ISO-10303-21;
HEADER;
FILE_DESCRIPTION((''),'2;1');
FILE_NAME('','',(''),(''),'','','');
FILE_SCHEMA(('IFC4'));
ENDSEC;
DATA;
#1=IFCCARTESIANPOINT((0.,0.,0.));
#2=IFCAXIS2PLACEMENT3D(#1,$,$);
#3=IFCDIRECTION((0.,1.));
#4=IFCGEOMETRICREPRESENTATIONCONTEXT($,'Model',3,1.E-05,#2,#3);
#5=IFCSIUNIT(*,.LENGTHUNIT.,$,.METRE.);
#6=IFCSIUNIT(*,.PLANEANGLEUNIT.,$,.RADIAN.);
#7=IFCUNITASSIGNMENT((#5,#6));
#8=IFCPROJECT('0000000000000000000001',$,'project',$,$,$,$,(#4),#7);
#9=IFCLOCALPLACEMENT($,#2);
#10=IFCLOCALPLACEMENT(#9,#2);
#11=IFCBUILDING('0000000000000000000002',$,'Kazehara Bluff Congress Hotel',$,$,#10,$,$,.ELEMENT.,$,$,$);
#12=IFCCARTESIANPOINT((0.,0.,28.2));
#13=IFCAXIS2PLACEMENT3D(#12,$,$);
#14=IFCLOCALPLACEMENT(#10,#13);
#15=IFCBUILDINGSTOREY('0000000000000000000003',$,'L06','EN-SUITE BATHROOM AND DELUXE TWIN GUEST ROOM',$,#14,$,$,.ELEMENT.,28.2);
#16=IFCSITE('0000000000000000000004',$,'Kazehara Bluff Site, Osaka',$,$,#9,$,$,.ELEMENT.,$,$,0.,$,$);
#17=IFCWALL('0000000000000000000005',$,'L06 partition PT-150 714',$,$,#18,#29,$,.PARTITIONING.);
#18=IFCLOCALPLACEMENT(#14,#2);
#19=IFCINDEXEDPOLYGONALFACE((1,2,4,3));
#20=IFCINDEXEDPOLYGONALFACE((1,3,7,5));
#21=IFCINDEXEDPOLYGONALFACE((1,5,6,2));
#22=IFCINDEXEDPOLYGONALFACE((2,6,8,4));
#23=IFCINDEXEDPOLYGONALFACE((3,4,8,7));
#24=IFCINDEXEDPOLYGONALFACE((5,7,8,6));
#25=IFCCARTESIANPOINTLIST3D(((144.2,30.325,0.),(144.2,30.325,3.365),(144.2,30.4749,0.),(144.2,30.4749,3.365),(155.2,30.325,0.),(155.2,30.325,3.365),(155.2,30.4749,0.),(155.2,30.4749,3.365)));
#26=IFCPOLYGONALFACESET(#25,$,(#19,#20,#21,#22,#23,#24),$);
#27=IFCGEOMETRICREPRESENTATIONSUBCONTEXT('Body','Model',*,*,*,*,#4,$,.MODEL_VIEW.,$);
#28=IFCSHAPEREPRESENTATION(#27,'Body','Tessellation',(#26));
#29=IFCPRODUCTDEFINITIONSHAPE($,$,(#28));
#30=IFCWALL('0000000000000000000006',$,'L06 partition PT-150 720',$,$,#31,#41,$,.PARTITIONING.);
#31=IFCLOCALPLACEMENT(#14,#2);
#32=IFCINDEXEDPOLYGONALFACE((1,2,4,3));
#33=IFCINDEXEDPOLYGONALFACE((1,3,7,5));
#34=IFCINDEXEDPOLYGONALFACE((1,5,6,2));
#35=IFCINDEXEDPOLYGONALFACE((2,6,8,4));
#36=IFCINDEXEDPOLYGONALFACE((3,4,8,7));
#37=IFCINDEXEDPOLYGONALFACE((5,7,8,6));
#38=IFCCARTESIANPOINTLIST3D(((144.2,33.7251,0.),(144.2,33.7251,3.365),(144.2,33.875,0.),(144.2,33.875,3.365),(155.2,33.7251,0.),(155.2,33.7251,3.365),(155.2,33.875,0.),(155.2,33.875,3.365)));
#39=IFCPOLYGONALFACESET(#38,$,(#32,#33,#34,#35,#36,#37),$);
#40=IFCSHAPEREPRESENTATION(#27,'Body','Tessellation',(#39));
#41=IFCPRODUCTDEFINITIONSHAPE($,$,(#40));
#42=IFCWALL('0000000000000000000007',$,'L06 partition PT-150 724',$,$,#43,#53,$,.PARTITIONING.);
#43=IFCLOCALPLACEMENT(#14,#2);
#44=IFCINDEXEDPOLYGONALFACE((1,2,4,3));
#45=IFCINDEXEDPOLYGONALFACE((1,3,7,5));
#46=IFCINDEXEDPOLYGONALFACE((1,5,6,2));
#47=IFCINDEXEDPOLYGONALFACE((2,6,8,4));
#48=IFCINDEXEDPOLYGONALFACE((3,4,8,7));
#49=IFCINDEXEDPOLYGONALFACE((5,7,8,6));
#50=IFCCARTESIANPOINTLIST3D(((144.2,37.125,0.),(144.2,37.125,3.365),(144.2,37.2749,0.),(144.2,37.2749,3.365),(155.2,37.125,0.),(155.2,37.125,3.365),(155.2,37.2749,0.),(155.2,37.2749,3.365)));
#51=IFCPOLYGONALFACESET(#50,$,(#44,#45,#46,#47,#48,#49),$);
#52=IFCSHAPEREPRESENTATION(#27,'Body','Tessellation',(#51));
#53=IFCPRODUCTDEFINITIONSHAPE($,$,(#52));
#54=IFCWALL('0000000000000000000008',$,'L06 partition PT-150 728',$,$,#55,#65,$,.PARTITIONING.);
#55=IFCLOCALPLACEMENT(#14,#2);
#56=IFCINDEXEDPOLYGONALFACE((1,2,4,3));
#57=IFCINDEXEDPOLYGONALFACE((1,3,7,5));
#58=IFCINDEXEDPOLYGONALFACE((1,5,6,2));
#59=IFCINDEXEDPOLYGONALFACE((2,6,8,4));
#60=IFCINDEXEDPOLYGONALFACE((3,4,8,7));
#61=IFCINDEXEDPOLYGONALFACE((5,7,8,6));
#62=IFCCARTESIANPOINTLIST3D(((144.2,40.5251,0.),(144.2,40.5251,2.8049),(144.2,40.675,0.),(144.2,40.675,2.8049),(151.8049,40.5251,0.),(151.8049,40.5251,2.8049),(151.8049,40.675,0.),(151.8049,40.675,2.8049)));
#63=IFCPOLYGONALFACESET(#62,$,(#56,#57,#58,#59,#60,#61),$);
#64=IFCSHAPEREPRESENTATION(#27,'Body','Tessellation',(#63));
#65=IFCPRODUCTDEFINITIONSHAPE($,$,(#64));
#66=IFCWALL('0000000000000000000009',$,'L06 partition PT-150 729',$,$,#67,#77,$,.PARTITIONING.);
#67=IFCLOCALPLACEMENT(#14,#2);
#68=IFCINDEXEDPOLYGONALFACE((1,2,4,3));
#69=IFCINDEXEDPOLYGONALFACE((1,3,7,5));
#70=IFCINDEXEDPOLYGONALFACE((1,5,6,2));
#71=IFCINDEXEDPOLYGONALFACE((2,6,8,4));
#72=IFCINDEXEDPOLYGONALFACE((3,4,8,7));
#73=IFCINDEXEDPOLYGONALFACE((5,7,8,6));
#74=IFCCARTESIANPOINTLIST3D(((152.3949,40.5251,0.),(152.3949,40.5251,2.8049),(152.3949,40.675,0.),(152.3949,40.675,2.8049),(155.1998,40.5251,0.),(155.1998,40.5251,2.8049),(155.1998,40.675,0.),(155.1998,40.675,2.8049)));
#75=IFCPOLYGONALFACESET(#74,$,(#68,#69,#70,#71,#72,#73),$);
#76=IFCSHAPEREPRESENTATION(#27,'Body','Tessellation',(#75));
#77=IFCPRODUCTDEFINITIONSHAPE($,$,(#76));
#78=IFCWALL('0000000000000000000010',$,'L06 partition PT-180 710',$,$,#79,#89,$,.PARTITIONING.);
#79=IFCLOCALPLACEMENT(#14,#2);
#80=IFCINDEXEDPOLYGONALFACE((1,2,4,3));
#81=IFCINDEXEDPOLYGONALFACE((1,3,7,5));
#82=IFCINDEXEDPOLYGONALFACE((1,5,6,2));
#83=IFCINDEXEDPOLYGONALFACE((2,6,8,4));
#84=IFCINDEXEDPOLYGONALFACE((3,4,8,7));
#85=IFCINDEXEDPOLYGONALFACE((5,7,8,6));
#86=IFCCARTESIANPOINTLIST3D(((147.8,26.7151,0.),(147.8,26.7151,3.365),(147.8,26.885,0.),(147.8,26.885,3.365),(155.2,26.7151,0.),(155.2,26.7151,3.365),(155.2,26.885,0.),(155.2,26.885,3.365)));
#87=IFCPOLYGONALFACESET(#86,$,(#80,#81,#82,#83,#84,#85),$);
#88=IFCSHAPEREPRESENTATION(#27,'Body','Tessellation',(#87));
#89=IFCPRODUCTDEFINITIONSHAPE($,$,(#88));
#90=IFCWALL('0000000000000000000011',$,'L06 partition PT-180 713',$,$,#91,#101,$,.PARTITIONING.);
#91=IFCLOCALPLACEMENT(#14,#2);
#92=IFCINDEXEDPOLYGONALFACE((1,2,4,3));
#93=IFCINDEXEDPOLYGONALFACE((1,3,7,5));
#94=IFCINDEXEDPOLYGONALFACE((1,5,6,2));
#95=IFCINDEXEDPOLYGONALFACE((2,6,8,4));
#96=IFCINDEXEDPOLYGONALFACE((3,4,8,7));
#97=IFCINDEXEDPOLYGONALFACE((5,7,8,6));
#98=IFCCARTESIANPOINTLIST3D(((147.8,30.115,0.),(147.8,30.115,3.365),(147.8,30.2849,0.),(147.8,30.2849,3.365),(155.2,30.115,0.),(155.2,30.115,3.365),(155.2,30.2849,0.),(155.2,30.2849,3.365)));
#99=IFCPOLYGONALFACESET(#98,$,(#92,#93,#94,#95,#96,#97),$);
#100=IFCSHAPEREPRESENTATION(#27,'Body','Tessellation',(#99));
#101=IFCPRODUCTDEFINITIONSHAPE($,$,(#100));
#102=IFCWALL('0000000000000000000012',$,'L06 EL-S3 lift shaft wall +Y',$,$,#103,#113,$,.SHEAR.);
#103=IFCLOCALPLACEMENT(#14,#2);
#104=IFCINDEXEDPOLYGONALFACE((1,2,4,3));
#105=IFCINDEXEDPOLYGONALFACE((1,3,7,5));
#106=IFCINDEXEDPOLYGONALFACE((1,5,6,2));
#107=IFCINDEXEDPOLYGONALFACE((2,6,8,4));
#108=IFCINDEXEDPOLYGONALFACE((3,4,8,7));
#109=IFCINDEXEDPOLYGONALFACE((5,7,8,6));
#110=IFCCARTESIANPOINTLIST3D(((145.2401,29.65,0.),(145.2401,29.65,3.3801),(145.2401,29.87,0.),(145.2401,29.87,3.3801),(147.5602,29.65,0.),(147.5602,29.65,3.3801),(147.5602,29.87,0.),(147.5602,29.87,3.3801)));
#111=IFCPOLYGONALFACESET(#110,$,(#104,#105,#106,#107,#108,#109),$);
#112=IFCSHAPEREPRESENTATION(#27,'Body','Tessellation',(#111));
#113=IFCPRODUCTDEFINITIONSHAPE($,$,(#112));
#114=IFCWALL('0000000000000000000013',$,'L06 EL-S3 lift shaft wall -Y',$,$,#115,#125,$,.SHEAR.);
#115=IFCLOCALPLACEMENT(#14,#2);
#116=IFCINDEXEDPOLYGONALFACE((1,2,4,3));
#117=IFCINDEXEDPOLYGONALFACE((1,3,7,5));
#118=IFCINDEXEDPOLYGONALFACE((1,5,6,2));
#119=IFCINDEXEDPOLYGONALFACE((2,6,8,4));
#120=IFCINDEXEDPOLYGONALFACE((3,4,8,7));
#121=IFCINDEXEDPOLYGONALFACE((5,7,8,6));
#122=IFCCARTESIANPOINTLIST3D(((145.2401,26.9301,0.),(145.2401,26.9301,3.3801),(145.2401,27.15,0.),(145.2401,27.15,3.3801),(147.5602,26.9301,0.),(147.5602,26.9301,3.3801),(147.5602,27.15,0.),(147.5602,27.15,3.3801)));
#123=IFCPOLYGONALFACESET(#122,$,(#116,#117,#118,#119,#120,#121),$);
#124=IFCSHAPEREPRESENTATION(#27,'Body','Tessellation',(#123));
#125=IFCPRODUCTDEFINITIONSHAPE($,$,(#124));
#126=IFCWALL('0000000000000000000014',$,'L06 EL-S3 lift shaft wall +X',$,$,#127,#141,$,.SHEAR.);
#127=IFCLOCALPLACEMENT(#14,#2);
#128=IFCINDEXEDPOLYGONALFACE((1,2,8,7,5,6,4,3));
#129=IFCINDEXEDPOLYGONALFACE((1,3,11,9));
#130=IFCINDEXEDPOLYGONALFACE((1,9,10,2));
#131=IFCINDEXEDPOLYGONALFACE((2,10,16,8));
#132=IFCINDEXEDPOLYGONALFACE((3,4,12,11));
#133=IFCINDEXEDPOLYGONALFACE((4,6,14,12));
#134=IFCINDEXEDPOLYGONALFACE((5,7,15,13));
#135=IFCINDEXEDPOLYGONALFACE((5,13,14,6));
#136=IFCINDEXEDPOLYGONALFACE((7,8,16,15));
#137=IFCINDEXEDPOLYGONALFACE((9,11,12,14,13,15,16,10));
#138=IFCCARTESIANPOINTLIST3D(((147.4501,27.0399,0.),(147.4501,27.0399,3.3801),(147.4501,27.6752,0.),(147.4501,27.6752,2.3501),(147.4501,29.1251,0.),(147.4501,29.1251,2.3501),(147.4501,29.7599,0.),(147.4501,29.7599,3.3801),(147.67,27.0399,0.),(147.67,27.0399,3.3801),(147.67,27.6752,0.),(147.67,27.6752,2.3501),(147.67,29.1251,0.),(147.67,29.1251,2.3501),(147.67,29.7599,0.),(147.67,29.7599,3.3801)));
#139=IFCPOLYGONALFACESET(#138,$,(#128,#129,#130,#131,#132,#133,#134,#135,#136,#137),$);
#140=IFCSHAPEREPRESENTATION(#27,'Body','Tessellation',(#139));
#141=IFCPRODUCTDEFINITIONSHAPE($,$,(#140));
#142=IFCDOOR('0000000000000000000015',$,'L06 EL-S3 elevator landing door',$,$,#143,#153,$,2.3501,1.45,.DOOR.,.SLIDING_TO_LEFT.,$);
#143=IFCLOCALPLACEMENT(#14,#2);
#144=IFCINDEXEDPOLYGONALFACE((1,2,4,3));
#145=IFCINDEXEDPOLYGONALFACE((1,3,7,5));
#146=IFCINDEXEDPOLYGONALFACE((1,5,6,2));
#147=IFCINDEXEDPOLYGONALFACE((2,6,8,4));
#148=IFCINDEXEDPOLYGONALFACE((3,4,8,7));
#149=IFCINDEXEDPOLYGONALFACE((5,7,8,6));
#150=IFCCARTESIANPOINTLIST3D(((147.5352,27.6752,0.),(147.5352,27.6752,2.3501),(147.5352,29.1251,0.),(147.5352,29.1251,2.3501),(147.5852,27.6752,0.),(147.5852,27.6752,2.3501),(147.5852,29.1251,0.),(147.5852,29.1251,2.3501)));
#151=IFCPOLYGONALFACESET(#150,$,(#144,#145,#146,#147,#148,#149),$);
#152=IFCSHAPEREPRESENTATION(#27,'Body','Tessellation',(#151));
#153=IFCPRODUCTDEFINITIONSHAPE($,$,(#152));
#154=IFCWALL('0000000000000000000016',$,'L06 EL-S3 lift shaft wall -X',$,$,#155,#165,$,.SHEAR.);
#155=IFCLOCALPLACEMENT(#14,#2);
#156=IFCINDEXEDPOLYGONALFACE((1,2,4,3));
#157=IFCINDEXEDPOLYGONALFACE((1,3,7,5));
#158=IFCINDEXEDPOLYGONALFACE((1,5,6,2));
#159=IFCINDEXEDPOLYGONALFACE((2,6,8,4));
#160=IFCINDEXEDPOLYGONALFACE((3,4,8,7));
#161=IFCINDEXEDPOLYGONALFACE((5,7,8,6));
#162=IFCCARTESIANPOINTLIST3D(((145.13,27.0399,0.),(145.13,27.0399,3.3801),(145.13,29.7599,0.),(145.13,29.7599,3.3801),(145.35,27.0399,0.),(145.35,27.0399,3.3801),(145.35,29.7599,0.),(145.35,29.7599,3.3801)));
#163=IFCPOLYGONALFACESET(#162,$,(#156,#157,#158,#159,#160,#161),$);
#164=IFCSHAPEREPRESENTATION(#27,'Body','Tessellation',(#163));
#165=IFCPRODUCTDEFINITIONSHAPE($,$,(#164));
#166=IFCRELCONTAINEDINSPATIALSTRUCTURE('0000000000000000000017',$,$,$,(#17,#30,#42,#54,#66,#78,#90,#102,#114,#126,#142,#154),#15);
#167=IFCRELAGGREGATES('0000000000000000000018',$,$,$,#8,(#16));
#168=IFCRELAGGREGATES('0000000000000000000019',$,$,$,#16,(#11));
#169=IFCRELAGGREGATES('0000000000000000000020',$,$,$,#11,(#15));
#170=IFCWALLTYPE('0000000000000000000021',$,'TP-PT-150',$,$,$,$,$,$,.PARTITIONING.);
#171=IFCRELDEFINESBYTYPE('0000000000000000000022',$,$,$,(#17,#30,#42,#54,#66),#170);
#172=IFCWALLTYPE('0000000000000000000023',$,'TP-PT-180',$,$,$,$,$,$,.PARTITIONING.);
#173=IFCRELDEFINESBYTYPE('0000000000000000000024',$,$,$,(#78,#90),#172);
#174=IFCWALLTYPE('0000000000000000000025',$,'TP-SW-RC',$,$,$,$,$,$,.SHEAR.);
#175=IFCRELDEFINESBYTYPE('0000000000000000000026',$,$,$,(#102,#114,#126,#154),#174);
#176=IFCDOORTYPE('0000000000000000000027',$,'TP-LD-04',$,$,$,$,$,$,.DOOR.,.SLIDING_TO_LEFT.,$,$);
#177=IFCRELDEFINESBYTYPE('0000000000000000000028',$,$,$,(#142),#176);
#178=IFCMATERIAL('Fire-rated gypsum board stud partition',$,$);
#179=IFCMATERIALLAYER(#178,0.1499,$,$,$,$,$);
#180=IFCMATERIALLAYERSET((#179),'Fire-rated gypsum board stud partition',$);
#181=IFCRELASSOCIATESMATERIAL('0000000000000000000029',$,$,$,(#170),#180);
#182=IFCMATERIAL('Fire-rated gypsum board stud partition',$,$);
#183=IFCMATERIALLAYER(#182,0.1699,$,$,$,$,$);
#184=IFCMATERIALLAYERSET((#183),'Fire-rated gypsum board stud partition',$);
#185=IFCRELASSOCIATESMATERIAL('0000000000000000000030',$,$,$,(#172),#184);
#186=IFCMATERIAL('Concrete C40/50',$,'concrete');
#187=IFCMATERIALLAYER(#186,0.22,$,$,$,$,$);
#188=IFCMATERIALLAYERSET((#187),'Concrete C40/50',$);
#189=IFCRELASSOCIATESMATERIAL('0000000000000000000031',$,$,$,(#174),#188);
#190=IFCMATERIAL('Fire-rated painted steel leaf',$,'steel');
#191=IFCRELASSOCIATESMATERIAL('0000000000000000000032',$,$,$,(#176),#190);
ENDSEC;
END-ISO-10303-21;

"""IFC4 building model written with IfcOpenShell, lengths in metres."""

from ifc_helpers import new_model, si_unit, direction, frame, frame_2d, origin, place, context, subcontext, project, spatial, rectangle, extrude, material, layer, layer_set, type_object, element, fill, save


model = new_model("IFC4")

# Units and contexts
model_context = context("Model", 3, precision=1e-05, world=origin(), true_north=direction((0.0, 1.0)))
body_context = subcontext(model_context, "Body", "Model", "MODEL_VIEW")
ifc_project = project(units=[si_unit("LENGTHUNIT", "METRE"), si_unit("PLANEANGLEUNIT", "RADIAN")], contexts=[model_context])

# Site, building, storey
site_placement = place(None, origin())
site = spatial("IfcSite", under=ifc_project, at=site_placement, Name="Kazehara Bluff Site, Osaka", CompositionType="ELEMENT", RefElevation=0.0)
building_placement = place(site_placement, origin())
building = spatial("IfcBuilding", under=site, at=building_placement, Name="Kazehara Bluff Congress Hotel", CompositionType="ELEMENT")
storey_placement = place(building_placement, frame((0.0, 0.0, 28.2)))
storey = spatial("IfcBuildingStorey", under=building, at=storey_placement, Name="L06", Description="EN-SUITE BATHROOM AND DELUXE TWIN GUEST ROOM", CompositionType="ELEMENT", Elevation=28.2)

# Walls
ifc_material_1 = material(Name="Fire-rated gypsum board stud partition")
ifc_layer_1 = layer(ifc_material_1, 0.1499)
ifc_layer_set_1 = layer_set([ifc_layer_1], Name="Fire-rated gypsum board stud partition")
wall_type_1 = type_object("IfcWallType", Name="TP-PT-150", PredefinedType="PARTITIONING", material=ifc_layer_set_1)
for number, where, z_axis, x_axis, name in (
    (1, (144.2, 30.3999, 0.0), (0.0, 0.0, 1.0), (1.0, 0.0, 0.0), "L06 partition PT-150 714"),
    (2, (144.2, 33.8, 0.0), (0.0, 0.0, 1.0), (1.0, 0.0, 0.0), "L06 partition PT-150 720"),
    (3, (144.2, 37.2, 0.0), (0.0, 0.0, 1.0), (1.0, 0.0, 0.0), "L06 partition PT-150 724"),
):
    element("IfcWall", number, at=place(storey_placement, frame(where, z_axis=z_axis, x_axis=x_axis)), inside=storey, type_object=wall_type_1, Name=name, PredefinedType="PARTITIONING", context=body_context, shape_type="SweptSolid", body=[
        extrude(rectangle(XDim=11.0, YDim=0.1499, at=frame_2d((5.5, 0.0))), origin(), (0.0, 0.0, 1.0), 3.365),
    ])
wall_1_placement = place(storey_placement, frame((144.2, 40.6001, 0.0), z_axis=(0.0, 0.0, 1.0), x_axis=(1.0, 0.0, 0.0)))
element("IfcWall", 4, at=wall_1_placement, inside=storey, type_object=wall_type_1, Name="L06 partition PT-150 728", PredefinedType="PARTITIONING", context=body_context, shape_type="SweptSolid", body=[
    extrude(rectangle(XDim=7.605, YDim=0.1499, at=frame_2d((3.8025, 0.0))), origin(), (0.0, 0.0, 1.0), 2.8049),
])
wall_2_placement = place(storey_placement, frame((152.395, 40.6001, 0.0), z_axis=(0.0, 0.0, 1.0), x_axis=(1.0, 0.0, 0.0)))
element("IfcWall", 5, at=wall_2_placement, inside=storey, type_object=wall_type_1, Name="L06 partition PT-150 729", PredefinedType="PARTITIONING", context=body_context, shape_type="SweptSolid", body=[
    extrude(rectangle(XDim=2.8049, YDim=0.1499, at=frame_2d((1.4023, 0.0))), origin(), (0.0, 0.0, 1.0), 2.8049),
])
ifc_material_2 = material(Name="Fire-rated gypsum board stud partition")
ifc_layer_2 = layer(ifc_material_2, 0.1699)
ifc_layer_set_2 = layer_set([ifc_layer_2], Name="Fire-rated gypsum board stud partition")
wall_type_2 = type_object("IfcWallType", Name="TP-PT-180", PredefinedType="PARTITIONING", material=ifc_layer_set_2)
for number, where, z_axis, x_axis, name in (
    (6, (147.8, 26.8, 0.0), (0.0, 0.0, 1.0), (1.0, 0.0, 0.0), "L06 partition PT-180 710"),
    (7, (147.8, 30.2, 0.0), (0.0, 0.0, 1.0), (1.0, 0.0, 0.0), "L06 partition PT-180 713"),
):
    element("IfcWall", number, at=place(storey_placement, frame(where, z_axis=z_axis, x_axis=x_axis)), inside=storey, type_object=wall_type_2, Name=name, PredefinedType="PARTITIONING", context=body_context, shape_type="SweptSolid", body=[
        extrude(rectangle(XDim=7.3999, YDim=0.1699, at=frame_2d((3.7, 0.0))), origin(), (0.0, 0.0, 1.0), 3.365),
    ])
ifc_material_3 = material(Name="Concrete C40/50", Category="concrete")
ifc_layer_3 = layer(ifc_material_3, 0.22)
ifc_layer_set_3 = layer_set([ifc_layer_3], Name="Concrete C40/50")
wall_type_3 = type_object("IfcWallType", Name="TP-SW-RC", PredefinedType="SHEAR", material=ifc_layer_set_3)
for number, where, z_axis, x_axis, name in (
    (8, (145.24, 29.76, 0.0), (0.0, 0.0, 1.0), (1.0, 0.0, 0.0), "L06 EL-S3 lift shaft wall +Y"),
    (9, (145.24, 27.04, 0.0), (0.0, 0.0, 1.0), (1.0, 0.0, 0.0), "L06 EL-S3 lift shaft wall -Y"),
):
    element("IfcWall", number, at=place(storey_placement, frame(where, z_axis=z_axis, x_axis=x_axis)), inside=storey, type_object=wall_type_3, Name=name, PredefinedType="SHEAR", context=body_context, shape_type="SweptSolid", body=[
        extrude(rectangle(XDim=2.3201, YDim=0.22, at=frame_2d((1.1602, 0.0))), origin(), (0.0, 0.0, 1.0), 3.3801),
    ])

# Wall, opening, door
wall_3_placement = place(storey_placement, frame((147.5601, 27.04, 0.0), z_axis=(0.0, 0.0, 1.0), x_axis=(0.0, 1.0, 0.0)))
wall_3 = element("IfcWall", 10, at=wall_3_placement, inside=storey, type_object=wall_type_3, Name="L06 EL-S3 lift shaft wall +X", PredefinedType="SHEAR", context=body_context, shape_type="SweptSolid", body=[
    extrude(rectangle(XDim=2.72, YDim=0.22, at=frame_2d((1.3599, 0.0))), origin(), (0.0, 0.0, 1.0), 3.3801),
])
opening_placement = place(wall_3_placement, frame((0.635, 0.0, 0.0)))
opening = element("IfcOpeningElement", 11, at=opening_placement, cuts=wall_3, PredefinedType="OPENING", context=body_context, shape_type="SweptSolid", body=[
    extrude(rectangle(XDim=1.45, YDim=2.3501, at=frame_2d((0.7251, 1.175))), frame((0.0, 0.1199, 0.0), z_axis=(0.0, -1.0, 0.0), x_axis=(1.0, 0.0, 0.0)), (0.0, 0.0, 1.0), 0.24),
])
ifc_material_4 = material(Name="Fire-rated painted steel leaf", Category="steel")
door_type = type_object("IfcDoorType", Name="TP-LD-04", OperationType="SLIDING_TO_LEFT", PredefinedType="DOOR", material=ifc_material_4)
door_placement = place(opening_placement, origin())
door = element("IfcDoor", 12, at=door_placement, inside=storey, type_object=door_type, Name="L06 EL-S3 elevator landing door", OperationType="SLIDING_TO_LEFT", OverallHeight=2.3501, OverallWidth=1.45, PredefinedType="DOOR", context=body_context, shape_type="SweptSolid", body=[
    extrude(rectangle(XDim=1.45, YDim=2.3501, at=frame_2d((0.7251, 1.175))), frame((0.0, 0.0249, 0.0), z_axis=(0.0, -1.0, 0.0), x_axis=(1.0, 0.0, 0.0)), (0.0, 0.0, 1.0), 0.05),
])
fill(opening, door)

# Wall
wall_4_placement = place(storey_placement, frame((145.24, 27.04, 0.0), z_axis=(0.0, 0.0, 1.0), x_axis=(0.0, 1.0, 0.0)))
element("IfcWall", 13, at=wall_4_placement, inside=storey, type_object=wall_type_3, Name="L06 EL-S3 lift shaft wall -X", PredefinedType="SHEAR", context=body_context, shape_type="SweptSolid", body=[
    extrude(rectangle(XDim=2.72, YDim=0.22, at=frame_2d((1.3599, 0.0))), origin(), (0.0, 0.0, 1.0), 3.3801),
])

save(model, "model.ifc")
